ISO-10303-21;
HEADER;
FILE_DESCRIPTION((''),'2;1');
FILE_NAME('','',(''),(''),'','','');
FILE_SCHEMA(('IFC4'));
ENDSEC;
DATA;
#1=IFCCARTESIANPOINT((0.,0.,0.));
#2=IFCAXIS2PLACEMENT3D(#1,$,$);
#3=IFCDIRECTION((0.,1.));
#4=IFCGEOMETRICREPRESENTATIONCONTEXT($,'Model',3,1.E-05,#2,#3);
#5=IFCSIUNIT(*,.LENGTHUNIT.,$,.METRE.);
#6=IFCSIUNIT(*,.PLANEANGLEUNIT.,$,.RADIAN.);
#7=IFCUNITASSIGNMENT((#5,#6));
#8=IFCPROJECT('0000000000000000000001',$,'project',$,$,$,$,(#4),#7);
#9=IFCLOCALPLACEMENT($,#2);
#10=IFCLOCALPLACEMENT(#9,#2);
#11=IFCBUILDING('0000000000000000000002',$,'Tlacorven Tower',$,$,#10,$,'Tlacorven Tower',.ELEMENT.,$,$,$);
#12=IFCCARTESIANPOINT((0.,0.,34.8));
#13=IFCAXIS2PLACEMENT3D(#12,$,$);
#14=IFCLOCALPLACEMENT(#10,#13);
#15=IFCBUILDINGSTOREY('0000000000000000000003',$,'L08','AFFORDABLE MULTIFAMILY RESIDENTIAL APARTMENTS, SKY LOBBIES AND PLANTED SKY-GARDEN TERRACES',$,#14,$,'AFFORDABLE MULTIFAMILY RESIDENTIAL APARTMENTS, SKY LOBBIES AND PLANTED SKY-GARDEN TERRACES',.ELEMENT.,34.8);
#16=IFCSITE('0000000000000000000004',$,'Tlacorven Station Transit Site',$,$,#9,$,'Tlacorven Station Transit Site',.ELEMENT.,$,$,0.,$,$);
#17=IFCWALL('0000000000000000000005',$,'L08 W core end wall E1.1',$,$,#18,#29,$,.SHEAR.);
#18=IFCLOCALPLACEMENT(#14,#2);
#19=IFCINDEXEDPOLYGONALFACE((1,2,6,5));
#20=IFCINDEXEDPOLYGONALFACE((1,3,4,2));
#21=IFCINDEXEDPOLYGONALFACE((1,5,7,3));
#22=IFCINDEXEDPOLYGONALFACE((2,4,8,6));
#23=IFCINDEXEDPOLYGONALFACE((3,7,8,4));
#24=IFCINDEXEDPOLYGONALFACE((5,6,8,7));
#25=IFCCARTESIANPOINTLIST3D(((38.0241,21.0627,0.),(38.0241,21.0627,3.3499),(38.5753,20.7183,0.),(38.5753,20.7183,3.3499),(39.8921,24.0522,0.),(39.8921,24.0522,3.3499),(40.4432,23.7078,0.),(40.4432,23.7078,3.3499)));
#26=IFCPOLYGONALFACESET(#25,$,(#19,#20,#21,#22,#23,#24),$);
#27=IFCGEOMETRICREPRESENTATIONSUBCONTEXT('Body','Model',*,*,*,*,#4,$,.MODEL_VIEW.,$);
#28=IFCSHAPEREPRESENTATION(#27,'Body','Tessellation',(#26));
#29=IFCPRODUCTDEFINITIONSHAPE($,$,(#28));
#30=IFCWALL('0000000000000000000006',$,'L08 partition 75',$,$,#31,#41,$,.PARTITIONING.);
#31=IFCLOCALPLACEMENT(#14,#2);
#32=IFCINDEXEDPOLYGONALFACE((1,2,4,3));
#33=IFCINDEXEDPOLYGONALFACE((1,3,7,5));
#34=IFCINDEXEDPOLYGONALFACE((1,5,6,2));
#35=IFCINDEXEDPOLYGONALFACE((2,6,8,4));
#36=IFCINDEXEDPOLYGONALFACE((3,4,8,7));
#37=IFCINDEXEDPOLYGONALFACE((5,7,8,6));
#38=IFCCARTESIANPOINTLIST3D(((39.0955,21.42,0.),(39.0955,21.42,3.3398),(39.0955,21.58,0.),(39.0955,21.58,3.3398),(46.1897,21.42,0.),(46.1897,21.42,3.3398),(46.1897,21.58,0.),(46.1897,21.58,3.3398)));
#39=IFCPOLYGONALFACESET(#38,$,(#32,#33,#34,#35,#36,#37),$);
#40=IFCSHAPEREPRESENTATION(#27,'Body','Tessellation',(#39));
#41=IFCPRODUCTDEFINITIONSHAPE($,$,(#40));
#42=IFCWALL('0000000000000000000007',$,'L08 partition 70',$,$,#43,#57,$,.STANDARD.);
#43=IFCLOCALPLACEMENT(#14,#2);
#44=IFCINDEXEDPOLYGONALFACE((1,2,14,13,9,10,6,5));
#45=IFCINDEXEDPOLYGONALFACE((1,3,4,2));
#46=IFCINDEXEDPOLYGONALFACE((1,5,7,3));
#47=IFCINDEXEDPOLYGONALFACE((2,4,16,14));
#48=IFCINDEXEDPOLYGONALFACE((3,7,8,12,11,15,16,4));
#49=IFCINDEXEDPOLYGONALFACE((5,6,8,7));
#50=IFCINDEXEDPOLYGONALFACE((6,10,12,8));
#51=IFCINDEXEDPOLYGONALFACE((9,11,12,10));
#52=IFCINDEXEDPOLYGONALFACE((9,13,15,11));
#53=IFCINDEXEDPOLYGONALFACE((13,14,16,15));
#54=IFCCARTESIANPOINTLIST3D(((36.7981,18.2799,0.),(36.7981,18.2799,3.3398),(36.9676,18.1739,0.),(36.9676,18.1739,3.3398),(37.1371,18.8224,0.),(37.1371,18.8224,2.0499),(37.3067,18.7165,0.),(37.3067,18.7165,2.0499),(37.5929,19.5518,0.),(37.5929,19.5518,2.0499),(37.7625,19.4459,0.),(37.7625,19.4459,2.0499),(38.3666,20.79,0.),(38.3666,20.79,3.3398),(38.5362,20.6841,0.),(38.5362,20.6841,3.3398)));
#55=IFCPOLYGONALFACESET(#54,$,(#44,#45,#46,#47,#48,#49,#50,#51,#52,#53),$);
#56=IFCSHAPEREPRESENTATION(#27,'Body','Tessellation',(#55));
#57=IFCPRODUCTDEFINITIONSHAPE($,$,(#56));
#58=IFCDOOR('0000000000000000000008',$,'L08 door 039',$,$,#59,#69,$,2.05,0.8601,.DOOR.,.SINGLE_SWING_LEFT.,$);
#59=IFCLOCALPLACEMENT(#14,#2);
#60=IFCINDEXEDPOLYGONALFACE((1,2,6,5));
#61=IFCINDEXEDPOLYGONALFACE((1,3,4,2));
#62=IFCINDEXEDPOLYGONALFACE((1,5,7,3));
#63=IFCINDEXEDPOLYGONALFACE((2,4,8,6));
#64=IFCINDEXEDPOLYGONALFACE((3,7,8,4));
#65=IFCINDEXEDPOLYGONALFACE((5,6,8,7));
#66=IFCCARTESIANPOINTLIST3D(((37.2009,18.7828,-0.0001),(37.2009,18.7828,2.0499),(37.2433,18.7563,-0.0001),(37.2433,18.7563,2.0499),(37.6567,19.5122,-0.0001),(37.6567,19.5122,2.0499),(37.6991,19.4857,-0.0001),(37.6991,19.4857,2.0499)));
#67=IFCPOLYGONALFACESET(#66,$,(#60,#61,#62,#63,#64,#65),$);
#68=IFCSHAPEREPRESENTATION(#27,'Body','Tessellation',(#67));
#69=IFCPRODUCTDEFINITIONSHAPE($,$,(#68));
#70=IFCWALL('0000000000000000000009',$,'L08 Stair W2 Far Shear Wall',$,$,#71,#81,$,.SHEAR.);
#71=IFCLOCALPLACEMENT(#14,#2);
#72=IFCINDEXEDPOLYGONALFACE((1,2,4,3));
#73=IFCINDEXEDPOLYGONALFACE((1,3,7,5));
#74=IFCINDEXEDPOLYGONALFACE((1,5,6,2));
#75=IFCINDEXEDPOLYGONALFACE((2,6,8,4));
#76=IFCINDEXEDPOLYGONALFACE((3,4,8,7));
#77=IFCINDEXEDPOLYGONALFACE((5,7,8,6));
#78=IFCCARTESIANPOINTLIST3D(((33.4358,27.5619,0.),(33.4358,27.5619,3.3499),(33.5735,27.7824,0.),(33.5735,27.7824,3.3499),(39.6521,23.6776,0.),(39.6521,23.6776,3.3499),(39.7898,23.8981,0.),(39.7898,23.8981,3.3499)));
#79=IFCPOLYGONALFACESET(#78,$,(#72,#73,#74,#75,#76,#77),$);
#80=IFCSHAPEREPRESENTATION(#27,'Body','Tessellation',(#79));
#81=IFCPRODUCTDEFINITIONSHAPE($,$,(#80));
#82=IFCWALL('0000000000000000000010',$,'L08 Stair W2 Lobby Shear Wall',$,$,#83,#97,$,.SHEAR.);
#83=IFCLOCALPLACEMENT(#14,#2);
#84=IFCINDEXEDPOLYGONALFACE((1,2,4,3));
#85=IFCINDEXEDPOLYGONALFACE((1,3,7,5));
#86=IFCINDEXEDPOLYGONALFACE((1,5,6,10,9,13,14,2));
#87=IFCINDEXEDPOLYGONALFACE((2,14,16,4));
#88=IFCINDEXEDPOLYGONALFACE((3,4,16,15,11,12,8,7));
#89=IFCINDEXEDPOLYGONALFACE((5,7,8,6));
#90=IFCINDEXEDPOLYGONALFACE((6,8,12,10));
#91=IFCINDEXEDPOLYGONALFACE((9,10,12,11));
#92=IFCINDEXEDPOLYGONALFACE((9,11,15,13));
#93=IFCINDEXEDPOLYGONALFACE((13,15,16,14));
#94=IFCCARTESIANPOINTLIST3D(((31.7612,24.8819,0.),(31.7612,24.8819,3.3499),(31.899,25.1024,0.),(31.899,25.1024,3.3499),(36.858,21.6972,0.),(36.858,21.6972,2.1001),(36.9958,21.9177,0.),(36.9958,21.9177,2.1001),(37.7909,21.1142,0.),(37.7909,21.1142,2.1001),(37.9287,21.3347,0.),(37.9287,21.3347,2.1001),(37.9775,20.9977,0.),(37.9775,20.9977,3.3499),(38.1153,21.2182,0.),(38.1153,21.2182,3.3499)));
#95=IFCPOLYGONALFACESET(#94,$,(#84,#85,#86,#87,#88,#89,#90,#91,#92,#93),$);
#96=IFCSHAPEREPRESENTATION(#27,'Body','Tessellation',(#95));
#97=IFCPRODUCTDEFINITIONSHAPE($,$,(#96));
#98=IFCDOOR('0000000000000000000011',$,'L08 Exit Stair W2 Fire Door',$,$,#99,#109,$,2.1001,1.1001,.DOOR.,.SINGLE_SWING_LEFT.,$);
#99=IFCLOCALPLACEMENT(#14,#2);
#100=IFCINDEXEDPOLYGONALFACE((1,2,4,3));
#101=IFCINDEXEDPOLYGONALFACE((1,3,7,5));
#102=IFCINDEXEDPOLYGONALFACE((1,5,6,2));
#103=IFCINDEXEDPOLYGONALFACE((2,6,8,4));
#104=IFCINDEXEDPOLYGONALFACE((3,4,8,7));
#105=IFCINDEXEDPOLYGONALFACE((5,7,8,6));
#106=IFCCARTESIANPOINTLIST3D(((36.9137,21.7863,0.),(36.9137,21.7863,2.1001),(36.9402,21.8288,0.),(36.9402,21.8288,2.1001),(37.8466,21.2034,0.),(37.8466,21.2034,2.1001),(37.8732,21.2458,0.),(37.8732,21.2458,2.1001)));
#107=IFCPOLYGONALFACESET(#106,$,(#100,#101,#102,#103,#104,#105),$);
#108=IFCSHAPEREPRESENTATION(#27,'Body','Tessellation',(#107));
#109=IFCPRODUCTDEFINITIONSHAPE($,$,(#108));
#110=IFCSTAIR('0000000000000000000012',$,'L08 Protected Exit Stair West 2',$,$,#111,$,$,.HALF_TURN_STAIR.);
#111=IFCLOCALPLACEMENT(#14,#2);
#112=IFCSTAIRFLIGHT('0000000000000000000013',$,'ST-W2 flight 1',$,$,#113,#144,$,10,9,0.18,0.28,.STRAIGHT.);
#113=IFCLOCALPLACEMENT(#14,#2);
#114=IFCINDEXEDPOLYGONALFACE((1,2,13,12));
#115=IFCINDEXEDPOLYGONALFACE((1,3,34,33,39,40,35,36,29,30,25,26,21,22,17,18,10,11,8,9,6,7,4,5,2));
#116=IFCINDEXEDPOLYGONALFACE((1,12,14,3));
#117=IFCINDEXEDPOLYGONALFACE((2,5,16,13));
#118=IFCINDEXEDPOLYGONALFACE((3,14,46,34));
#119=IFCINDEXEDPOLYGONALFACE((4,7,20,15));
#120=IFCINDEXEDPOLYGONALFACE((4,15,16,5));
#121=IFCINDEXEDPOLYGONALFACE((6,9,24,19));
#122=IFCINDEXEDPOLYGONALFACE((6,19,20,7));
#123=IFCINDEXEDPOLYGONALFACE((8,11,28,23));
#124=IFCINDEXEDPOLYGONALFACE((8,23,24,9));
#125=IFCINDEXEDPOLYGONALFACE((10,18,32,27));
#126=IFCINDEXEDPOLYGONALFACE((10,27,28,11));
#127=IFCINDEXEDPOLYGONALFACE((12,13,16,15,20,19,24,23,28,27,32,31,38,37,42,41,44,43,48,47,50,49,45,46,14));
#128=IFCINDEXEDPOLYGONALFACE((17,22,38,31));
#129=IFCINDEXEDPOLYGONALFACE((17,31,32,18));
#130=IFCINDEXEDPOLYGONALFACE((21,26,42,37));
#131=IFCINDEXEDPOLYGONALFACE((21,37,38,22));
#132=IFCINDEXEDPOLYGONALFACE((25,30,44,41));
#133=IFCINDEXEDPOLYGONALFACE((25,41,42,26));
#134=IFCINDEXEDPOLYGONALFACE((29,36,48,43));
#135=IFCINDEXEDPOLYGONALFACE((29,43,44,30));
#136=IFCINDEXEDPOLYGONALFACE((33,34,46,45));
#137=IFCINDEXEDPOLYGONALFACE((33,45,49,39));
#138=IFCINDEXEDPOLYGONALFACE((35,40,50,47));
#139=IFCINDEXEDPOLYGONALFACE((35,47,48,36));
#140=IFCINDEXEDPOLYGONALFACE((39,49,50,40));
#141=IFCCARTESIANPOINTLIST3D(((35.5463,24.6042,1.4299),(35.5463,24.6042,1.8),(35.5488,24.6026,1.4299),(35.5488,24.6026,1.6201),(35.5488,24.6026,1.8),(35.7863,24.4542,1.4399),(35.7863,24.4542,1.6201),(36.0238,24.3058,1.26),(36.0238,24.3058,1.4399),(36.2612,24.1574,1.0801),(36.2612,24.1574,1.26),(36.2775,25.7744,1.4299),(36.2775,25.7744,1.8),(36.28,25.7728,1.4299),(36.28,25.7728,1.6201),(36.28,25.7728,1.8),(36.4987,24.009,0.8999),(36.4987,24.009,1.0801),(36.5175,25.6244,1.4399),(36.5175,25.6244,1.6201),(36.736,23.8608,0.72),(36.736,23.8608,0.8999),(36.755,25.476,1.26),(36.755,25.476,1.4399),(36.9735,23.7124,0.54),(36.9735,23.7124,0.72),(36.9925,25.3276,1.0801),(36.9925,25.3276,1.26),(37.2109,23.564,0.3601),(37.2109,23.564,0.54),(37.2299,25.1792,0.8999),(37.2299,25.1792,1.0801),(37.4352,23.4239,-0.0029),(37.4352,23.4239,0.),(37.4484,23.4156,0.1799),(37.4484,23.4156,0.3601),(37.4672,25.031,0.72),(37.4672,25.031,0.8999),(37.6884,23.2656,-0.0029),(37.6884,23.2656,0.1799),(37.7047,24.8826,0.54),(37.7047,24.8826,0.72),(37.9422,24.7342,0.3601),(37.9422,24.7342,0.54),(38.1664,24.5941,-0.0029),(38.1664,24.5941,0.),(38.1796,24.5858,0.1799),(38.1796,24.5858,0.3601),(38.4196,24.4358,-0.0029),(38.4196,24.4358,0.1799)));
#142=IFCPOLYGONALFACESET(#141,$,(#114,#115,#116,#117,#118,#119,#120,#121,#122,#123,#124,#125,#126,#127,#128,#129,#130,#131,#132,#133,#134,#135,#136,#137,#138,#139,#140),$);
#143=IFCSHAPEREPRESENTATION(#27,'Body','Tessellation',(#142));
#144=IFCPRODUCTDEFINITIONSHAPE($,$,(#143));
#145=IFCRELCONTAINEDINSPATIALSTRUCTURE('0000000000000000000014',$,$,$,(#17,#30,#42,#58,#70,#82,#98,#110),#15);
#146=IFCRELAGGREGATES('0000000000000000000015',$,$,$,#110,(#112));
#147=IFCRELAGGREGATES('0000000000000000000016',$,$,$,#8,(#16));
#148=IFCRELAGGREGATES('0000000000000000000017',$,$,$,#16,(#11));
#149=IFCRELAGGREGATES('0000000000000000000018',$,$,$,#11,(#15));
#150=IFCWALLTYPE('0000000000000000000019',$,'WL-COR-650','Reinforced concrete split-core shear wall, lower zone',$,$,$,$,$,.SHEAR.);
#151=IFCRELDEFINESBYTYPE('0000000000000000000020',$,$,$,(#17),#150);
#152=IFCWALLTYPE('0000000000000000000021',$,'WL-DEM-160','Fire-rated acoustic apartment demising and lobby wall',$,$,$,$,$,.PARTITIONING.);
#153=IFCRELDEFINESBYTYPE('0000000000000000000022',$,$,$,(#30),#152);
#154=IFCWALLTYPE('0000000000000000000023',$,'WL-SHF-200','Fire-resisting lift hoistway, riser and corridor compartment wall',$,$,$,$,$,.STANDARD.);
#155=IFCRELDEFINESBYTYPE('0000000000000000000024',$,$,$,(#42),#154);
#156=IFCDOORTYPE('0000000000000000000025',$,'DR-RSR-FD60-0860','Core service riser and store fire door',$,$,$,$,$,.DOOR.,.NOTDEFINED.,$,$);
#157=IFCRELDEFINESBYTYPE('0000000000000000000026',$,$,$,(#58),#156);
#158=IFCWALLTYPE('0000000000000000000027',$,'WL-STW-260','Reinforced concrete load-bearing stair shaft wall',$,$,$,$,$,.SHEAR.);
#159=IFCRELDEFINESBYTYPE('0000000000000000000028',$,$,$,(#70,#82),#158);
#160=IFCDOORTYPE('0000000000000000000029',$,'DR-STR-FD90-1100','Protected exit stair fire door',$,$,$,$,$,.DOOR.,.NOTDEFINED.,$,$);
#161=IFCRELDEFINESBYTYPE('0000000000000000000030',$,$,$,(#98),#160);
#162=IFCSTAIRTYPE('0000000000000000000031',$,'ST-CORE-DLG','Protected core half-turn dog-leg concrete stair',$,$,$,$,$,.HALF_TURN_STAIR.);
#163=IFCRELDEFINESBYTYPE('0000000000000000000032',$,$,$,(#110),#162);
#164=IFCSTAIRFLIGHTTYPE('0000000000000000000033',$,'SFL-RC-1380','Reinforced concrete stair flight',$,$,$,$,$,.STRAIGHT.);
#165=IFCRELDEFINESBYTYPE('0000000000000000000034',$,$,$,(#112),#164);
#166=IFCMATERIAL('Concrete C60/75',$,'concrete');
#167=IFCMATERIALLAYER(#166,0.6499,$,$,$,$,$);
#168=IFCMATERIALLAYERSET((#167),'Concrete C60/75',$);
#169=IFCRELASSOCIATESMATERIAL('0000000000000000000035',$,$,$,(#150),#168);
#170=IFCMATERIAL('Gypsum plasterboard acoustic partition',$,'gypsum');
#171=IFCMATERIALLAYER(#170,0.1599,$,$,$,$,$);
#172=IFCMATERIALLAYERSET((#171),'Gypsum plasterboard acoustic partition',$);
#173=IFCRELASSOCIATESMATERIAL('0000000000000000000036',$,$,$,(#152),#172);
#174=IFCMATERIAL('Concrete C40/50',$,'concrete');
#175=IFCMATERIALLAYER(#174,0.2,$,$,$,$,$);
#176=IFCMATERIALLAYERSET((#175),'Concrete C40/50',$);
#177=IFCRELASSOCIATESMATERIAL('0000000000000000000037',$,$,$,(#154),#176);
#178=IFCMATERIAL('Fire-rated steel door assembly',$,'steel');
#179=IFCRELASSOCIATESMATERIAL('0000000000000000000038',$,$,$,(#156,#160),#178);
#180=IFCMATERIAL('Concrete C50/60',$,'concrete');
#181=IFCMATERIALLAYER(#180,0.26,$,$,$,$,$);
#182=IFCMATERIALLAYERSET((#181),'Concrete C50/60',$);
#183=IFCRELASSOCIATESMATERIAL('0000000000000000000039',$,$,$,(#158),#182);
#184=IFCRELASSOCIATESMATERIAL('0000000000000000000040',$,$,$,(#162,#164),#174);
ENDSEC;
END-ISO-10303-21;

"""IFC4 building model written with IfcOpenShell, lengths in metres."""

from ifc_helpers import new_model, si_unit, direction, frame, frame_2d, origin, place, context, subcontext, project, spatial, polyline, rectangle, outline, extrude, source, transform, mapped, material, layer, layer_set, type_object, element, fill, aggregate, save


model = new_model("IFC4")

# Units and contexts
model_context = context("Model", 3, precision=1e-05, world=origin(), true_north=direction((0.0, 1.0)))
body_context = subcontext(model_context, "Body", "Model", "MODEL_VIEW")
ifc_project = project(units=[si_unit("LENGTHUNIT", "METRE"), si_unit("PLANEANGLEUNIT", "RADIAN")], contexts=[model_context])

# Site, building, storey
site_placement = place(None, origin())
site = spatial("IfcSite", under=ifc_project, at=site_placement, Name="Tlacorven Station Transit Site", LongName="Tlacorven Station Transit Site", CompositionType="ELEMENT", RefElevation=0.0)
building_placement = place(site_placement, origin())
building = spatial("IfcBuilding", under=site, at=building_placement, Name="Tlacorven Tower", LongName="Tlacorven Tower", CompositionType="ELEMENT")
storey_placement = place(building_placement, frame((0.0, 0.0, 34.8)))
storey = spatial("IfcBuildingStorey", under=building, at=storey_placement, Name="L08", Description="AFFORDABLE MULTIFAMILY RESIDENTIAL APARTMENTS, SKY LOBBIES AND PLANTED SKY-GARDEN TERRACES", LongName="AFFORDABLE MULTIFAMILY RESIDENTIAL APARTMENTS, SKY LOBBIES AND PLANTED SKY-GARDEN TERRACES", CompositionType="ELEMENT", Elevation=34.8)

# Shared definitions
ifc_material_1 = material(Name="Concrete C60/75", Category="concrete")

# Walls
ifc_layer_1 = layer(ifc_material_1, 0.6499)
ifc_layer_set_1 = layer_set([ifc_layer_1], Name="Concrete C60/75")
wall_type_1 = type_object("IfcWallType", Name="WL-COR-650", Description="Reinforced concrete split-core shear wall, lower zone", PredefinedType="SHEAR", material=ifc_layer_set_1)
wall_1_placement = place(storey_placement, frame((40.1677, 23.8801, 0.0), z_axis=(0.0, 0.0, 1.0), x_axis=(-0.529893, -0.848064, 0.0)))
element("IfcWall", 1, at=wall_1_placement, inside=storey, type_object=wall_type_1, Name="L08 W core end wall E1.1", PredefinedType="SHEAR", context=body_context, shape_type="SweptSolid", body=[
    extrude(rectangle(XDim=3.5251, YDim=0.6499, at=frame_2d((1.7627, 0.0))), origin(), (0.0, 0.0, 1.0), 3.3499),
])
ifc_material_2 = material(Name="Gypsum plasterboard acoustic partition", Category="gypsum")
ifc_layer_2 = layer(ifc_material_2, 0.1599)
ifc_layer_set_2 = layer_set([ifc_layer_2], Name="Gypsum plasterboard acoustic partition")
wall_type_2 = type_object("IfcWallType", Name="WL-DEM-160", Description="Fire-rated acoustic apartment demising and lobby wall", PredefinedType="PARTITIONING", material=ifc_layer_set_2)
wall_2_placement = place(storey_placement, frame((39.0955, 21.5, 0.0), z_axis=(0.0, 0.0, 1.0), x_axis=(1.0, 0.0, 0.0)))
element("IfcWall", 2, at=wall_2_placement, inside=storey, type_object=wall_type_2, Name="L08 partition 75", PredefinedType="PARTITIONING", context=body_context, shape_type="SweptSolid", body=[
    extrude(rectangle(XDim=7.0942, YDim=0.1599, at=frame_2d((3.5471, 0.0))), origin(), (0.0, 0.0, 1.0), 3.3398),
])

# Wall, opening, door
ifc_material_3 = material(Name="Concrete C40/50", Category="concrete")
ifc_layer_3 = layer(ifc_material_3, 0.2)
ifc_layer_set_3 = layer_set([ifc_layer_3], Name="Concrete C40/50")
wall_type_3 = type_object("IfcWallType", Name="WL-SHF-200", Description="Fire-resisting lift hoistway, riser and corridor compartment wall", PredefinedType="STANDARD", material=ifc_layer_set_3)
wall_3_placement = place(storey_placement, frame((38.4514, 20.7371, 0.0), z_axis=(0.0, 0.0, 1.0), x_axis=(-0.529925, -0.848045, 0.0)))
wall_3 = element("IfcWall", 3, at=wall_3_placement, inside=storey, type_object=wall_type_3, Name="L08 partition 70", PredefinedType="STANDARD", context=body_context, shape_type="SweptSolid", body=[
    extrude(rectangle(XDim=2.96, YDim=0.2, at=frame_2d((1.48, 0.0))), origin(), (0.0, 0.0, 1.0), 3.3398),
])
opening_1_placement = place(wall_3_placement, frame((1.46, 0.0, 0.0)))
opening_1 = element("IfcOpeningElement", 4, at=opening_1_placement, cuts=wall_3, PredefinedType="OPENING", context=body_context, shape_type="SweptSolid", body=[
    extrude(rectangle(XDim=0.8601, YDim=2.05, at=frame_2d((0.4302, 1.0249))), frame((0.0, 0.1099, 0.0), z_axis=(0.0, -1.0, 0.0), x_axis=(1.0, 0.0, 0.0)), (0.0, 0.0, 1.0), 0.22),
])
ifc_material_4 = material(Name="Fire-rated steel door assembly", Category="steel")
door_type_1 = type_object("IfcDoorType", Name="DR-RSR-FD60-0860", Description="Core service riser and store fire door", OperationType="NOTDEFINED", PredefinedType="DOOR", material=ifc_material_4)
shared_shape_1 = source(origin(), body_context, "Body", "SweptSolid", [
    extrude(rectangle(XDim=0.8601, YDim=2.05, at=frame_2d((0.4302, 1.0249))), frame((0.0, 0.0249, 0.0), z_axis=(0.0, -1.0, 0.0), x_axis=(1.0, 0.0, 0.0)), (0.0, 0.0, 1.0), 0.05),
])
door_1_placement = place(opening_1_placement, frame((0.8601, 0.0, 0.0), z_axis=(0.0, 0.0, 1.0), x_axis=(-1.0, 0.0, 0.0)))
door_1 = element("IfcDoor", 5, at=door_1_placement, inside=storey, type_object=door_type_1, Name="L08 door 039", OperationType="SINGLE_SWING_LEFT", OverallHeight=2.05, OverallWidth=0.8601, PredefinedType="DOOR", context=body_context, shape_type="MappedRepresentation", body=[
    mapped(shared_shape_1, transform((0.0, 0.0, 0.0), scale=1.0)),
])
fill(opening_1, door_1)

# Wall
ifc_material_5 = material(Name="Concrete C50/60", Category="concrete")
ifc_layer_4 = layer(ifc_material_5, 0.26)
ifc_layer_set_4 = layer_set([ifc_layer_4], Name="Concrete C50/60")
wall_type_4 = type_object("IfcWallType", Name="WL-STW-260", Description="Reinforced concrete load-bearing stair shaft wall", PredefinedType="SHEAR", material=ifc_layer_set_4)
wall_4_placement = place(storey_placement, frame((39.7209, 23.7878, 0.0), z_axis=(0.0, 0.0, 1.0), x_axis=(-0.848054, 0.529909, 0.0)))
element("IfcWall", 6, at=wall_4_placement, inside=storey, type_object=wall_type_4, Name="L08 Stair W2 Far Shear Wall", PredefinedType="SHEAR", context=body_context, shape_type="SweptSolid", body=[
    extrude(rectangle(XDim=7.3301, YDim=0.26, at=frame_2d((3.665, 0.0))), origin(), (0.0, 0.0, 1.0), 3.3499),
])

# Wall, opening, door
wall_5_placement = place(storey_placement, frame((38.0464, 21.1079, 0.0), z_axis=(0.0, 0.0, 1.0), x_axis=(-0.848054, 0.529909, 0.0)))
wall_5 = element("IfcWall", 7, at=wall_5_placement, inside=storey, type_object=wall_type_4, Name="L08 Stair W2 Lobby Shear Wall", PredefinedType="SHEAR", context=body_context, shape_type="SweptSolid", body=[
    extrude(rectangle(XDim=7.3301, YDim=0.26, at=frame_2d((3.665, 0.0))), origin(), (0.0, 0.0, 1.0), 3.3499),
])
opening_2_placement = place(wall_5_placement, frame((0.22, 0.0, 0.0)))
opening_2 = element("IfcOpeningElement", 8, at=opening_2_placement, cuts=wall_5, PredefinedType="OPENING", context=body_context, shape_type="SweptSolid", body=[
    extrude(rectangle(XDim=1.1001, YDim=2.1001, at=frame_2d((0.55, 1.05))), frame((0.0, 0.1401, 0.0), z_axis=(0.0, -1.0, 0.0), x_axis=(1.0, 0.0, 0.0)), (0.0, 0.0, 1.0), 0.28),
])
door_type_2 = type_object("IfcDoorType", Name="DR-STR-FD90-1100", Description="Protected exit stair fire door", OperationType="NOTDEFINED", PredefinedType="DOOR", material=ifc_material_4)
shared_shape_2 = source(origin(), body_context, "Body", "SweptSolid", [
    extrude(rectangle(XDim=1.1001, YDim=2.1001, at=frame_2d((0.55, 1.05))), frame((0.0, 0.0249, 0.0), z_axis=(0.0, -1.0, 0.0), x_axis=(1.0, 0.0, 0.0)), (0.0, 0.0, 1.0), 0.05),
])
door_2_placement = place(opening_2_placement, origin())
door_2 = element("IfcDoor", 9, at=door_2_placement, inside=storey, type_object=door_type_2, Name="L08 Exit Stair W2 Fire Door", OperationType="SINGLE_SWING_LEFT", OverallHeight=2.1001, OverallWidth=1.1001, PredefinedType="DOOR", context=body_context, shape_type="MappedRepresentation", body=[
    mapped(shared_shape_2, transform((0.0, 0.0, 0.0), scale=1.0)),
])
fill(opening_2, door_2)

# Stair, stair flight
stair_type = type_object("IfcStairType", Name="ST-CORE-DLG", Description="Protected core half-turn dog-leg concrete stair", PredefinedType="HALF_TURN_STAIR", material=ifc_material_3)
stair_placement = place(storey_placement, origin())
stair = element("IfcStair", 10, at=stair_placement, inside=storey, type_object=stair_type, Name="L08 Protected Exit Stair West 2", PredefinedType="HALF_TURN_STAIR")
stair_flight_type = type_object("IfcStairFlightType", Name="SFL-RC-1380", Description="Reinforced concrete stair flight", PredefinedType="STRAIGHT", material=ifc_material_3)
shared_shape_3 = source(origin(), body_context, "Body", "SweptSolid", [
    extrude(outline(polyline([(-0.0029, -0.0029), (-0.0029, 0.1799), (0.28, 0.1799), (0.28, 0.3601), (0.5601, 0.3601), (0.5601, 0.54), (0.8401, 0.54), (0.8401, 0.72), (1.1201, 0.72), (1.1201, 0.8999), (1.3999, 0.8999), (1.3999, 1.0801), (1.6799, 1.0801), (1.6799, 1.26), (1.96, 1.26), (1.96, 1.4399), (2.24, 1.4399), (2.24, 1.6201), (2.52, 1.6201), (2.52, 1.8), (2.5229, 1.8), (2.5229, 1.4299), (2.52, 1.4299), (0.2957, 0.0), (0.2957, -0.0029), (-0.0029, -0.0029)])), frame((0.0, 0.6899, 0.0), z_axis=(0.0, -1.0, 0.0), x_axis=(1.0, 0.0, 0.0)), (0.0, 0.0, 1.0), 1.3799),
])
stair_flight_1_placement = place(storey_placement, frame((38.0515, 23.8523, 0.0), z_axis=(0.0, 0.0, 1.0), x_axis=(-0.848048, 0.529919, 0.0)))
stair_flight_1 = element("IfcStairFlight", 11, at=stair_flight_1_placement, type_object=stair_flight_type, Name="ST-W2 flight 1", NumberOfRisers=10, NumberOfTreads=9, PredefinedType="STRAIGHT", RiserHeight=0.18, TreadLength=0.28, context=body_context, shape_type="MappedRepresentation", body=[
    mapped(shared_shape_3, transform((0.0, 0.0, 0.0), scale=1.0)),
])
aggregate(stair, [stair_flight_1])

save(model, "model.ifc")
